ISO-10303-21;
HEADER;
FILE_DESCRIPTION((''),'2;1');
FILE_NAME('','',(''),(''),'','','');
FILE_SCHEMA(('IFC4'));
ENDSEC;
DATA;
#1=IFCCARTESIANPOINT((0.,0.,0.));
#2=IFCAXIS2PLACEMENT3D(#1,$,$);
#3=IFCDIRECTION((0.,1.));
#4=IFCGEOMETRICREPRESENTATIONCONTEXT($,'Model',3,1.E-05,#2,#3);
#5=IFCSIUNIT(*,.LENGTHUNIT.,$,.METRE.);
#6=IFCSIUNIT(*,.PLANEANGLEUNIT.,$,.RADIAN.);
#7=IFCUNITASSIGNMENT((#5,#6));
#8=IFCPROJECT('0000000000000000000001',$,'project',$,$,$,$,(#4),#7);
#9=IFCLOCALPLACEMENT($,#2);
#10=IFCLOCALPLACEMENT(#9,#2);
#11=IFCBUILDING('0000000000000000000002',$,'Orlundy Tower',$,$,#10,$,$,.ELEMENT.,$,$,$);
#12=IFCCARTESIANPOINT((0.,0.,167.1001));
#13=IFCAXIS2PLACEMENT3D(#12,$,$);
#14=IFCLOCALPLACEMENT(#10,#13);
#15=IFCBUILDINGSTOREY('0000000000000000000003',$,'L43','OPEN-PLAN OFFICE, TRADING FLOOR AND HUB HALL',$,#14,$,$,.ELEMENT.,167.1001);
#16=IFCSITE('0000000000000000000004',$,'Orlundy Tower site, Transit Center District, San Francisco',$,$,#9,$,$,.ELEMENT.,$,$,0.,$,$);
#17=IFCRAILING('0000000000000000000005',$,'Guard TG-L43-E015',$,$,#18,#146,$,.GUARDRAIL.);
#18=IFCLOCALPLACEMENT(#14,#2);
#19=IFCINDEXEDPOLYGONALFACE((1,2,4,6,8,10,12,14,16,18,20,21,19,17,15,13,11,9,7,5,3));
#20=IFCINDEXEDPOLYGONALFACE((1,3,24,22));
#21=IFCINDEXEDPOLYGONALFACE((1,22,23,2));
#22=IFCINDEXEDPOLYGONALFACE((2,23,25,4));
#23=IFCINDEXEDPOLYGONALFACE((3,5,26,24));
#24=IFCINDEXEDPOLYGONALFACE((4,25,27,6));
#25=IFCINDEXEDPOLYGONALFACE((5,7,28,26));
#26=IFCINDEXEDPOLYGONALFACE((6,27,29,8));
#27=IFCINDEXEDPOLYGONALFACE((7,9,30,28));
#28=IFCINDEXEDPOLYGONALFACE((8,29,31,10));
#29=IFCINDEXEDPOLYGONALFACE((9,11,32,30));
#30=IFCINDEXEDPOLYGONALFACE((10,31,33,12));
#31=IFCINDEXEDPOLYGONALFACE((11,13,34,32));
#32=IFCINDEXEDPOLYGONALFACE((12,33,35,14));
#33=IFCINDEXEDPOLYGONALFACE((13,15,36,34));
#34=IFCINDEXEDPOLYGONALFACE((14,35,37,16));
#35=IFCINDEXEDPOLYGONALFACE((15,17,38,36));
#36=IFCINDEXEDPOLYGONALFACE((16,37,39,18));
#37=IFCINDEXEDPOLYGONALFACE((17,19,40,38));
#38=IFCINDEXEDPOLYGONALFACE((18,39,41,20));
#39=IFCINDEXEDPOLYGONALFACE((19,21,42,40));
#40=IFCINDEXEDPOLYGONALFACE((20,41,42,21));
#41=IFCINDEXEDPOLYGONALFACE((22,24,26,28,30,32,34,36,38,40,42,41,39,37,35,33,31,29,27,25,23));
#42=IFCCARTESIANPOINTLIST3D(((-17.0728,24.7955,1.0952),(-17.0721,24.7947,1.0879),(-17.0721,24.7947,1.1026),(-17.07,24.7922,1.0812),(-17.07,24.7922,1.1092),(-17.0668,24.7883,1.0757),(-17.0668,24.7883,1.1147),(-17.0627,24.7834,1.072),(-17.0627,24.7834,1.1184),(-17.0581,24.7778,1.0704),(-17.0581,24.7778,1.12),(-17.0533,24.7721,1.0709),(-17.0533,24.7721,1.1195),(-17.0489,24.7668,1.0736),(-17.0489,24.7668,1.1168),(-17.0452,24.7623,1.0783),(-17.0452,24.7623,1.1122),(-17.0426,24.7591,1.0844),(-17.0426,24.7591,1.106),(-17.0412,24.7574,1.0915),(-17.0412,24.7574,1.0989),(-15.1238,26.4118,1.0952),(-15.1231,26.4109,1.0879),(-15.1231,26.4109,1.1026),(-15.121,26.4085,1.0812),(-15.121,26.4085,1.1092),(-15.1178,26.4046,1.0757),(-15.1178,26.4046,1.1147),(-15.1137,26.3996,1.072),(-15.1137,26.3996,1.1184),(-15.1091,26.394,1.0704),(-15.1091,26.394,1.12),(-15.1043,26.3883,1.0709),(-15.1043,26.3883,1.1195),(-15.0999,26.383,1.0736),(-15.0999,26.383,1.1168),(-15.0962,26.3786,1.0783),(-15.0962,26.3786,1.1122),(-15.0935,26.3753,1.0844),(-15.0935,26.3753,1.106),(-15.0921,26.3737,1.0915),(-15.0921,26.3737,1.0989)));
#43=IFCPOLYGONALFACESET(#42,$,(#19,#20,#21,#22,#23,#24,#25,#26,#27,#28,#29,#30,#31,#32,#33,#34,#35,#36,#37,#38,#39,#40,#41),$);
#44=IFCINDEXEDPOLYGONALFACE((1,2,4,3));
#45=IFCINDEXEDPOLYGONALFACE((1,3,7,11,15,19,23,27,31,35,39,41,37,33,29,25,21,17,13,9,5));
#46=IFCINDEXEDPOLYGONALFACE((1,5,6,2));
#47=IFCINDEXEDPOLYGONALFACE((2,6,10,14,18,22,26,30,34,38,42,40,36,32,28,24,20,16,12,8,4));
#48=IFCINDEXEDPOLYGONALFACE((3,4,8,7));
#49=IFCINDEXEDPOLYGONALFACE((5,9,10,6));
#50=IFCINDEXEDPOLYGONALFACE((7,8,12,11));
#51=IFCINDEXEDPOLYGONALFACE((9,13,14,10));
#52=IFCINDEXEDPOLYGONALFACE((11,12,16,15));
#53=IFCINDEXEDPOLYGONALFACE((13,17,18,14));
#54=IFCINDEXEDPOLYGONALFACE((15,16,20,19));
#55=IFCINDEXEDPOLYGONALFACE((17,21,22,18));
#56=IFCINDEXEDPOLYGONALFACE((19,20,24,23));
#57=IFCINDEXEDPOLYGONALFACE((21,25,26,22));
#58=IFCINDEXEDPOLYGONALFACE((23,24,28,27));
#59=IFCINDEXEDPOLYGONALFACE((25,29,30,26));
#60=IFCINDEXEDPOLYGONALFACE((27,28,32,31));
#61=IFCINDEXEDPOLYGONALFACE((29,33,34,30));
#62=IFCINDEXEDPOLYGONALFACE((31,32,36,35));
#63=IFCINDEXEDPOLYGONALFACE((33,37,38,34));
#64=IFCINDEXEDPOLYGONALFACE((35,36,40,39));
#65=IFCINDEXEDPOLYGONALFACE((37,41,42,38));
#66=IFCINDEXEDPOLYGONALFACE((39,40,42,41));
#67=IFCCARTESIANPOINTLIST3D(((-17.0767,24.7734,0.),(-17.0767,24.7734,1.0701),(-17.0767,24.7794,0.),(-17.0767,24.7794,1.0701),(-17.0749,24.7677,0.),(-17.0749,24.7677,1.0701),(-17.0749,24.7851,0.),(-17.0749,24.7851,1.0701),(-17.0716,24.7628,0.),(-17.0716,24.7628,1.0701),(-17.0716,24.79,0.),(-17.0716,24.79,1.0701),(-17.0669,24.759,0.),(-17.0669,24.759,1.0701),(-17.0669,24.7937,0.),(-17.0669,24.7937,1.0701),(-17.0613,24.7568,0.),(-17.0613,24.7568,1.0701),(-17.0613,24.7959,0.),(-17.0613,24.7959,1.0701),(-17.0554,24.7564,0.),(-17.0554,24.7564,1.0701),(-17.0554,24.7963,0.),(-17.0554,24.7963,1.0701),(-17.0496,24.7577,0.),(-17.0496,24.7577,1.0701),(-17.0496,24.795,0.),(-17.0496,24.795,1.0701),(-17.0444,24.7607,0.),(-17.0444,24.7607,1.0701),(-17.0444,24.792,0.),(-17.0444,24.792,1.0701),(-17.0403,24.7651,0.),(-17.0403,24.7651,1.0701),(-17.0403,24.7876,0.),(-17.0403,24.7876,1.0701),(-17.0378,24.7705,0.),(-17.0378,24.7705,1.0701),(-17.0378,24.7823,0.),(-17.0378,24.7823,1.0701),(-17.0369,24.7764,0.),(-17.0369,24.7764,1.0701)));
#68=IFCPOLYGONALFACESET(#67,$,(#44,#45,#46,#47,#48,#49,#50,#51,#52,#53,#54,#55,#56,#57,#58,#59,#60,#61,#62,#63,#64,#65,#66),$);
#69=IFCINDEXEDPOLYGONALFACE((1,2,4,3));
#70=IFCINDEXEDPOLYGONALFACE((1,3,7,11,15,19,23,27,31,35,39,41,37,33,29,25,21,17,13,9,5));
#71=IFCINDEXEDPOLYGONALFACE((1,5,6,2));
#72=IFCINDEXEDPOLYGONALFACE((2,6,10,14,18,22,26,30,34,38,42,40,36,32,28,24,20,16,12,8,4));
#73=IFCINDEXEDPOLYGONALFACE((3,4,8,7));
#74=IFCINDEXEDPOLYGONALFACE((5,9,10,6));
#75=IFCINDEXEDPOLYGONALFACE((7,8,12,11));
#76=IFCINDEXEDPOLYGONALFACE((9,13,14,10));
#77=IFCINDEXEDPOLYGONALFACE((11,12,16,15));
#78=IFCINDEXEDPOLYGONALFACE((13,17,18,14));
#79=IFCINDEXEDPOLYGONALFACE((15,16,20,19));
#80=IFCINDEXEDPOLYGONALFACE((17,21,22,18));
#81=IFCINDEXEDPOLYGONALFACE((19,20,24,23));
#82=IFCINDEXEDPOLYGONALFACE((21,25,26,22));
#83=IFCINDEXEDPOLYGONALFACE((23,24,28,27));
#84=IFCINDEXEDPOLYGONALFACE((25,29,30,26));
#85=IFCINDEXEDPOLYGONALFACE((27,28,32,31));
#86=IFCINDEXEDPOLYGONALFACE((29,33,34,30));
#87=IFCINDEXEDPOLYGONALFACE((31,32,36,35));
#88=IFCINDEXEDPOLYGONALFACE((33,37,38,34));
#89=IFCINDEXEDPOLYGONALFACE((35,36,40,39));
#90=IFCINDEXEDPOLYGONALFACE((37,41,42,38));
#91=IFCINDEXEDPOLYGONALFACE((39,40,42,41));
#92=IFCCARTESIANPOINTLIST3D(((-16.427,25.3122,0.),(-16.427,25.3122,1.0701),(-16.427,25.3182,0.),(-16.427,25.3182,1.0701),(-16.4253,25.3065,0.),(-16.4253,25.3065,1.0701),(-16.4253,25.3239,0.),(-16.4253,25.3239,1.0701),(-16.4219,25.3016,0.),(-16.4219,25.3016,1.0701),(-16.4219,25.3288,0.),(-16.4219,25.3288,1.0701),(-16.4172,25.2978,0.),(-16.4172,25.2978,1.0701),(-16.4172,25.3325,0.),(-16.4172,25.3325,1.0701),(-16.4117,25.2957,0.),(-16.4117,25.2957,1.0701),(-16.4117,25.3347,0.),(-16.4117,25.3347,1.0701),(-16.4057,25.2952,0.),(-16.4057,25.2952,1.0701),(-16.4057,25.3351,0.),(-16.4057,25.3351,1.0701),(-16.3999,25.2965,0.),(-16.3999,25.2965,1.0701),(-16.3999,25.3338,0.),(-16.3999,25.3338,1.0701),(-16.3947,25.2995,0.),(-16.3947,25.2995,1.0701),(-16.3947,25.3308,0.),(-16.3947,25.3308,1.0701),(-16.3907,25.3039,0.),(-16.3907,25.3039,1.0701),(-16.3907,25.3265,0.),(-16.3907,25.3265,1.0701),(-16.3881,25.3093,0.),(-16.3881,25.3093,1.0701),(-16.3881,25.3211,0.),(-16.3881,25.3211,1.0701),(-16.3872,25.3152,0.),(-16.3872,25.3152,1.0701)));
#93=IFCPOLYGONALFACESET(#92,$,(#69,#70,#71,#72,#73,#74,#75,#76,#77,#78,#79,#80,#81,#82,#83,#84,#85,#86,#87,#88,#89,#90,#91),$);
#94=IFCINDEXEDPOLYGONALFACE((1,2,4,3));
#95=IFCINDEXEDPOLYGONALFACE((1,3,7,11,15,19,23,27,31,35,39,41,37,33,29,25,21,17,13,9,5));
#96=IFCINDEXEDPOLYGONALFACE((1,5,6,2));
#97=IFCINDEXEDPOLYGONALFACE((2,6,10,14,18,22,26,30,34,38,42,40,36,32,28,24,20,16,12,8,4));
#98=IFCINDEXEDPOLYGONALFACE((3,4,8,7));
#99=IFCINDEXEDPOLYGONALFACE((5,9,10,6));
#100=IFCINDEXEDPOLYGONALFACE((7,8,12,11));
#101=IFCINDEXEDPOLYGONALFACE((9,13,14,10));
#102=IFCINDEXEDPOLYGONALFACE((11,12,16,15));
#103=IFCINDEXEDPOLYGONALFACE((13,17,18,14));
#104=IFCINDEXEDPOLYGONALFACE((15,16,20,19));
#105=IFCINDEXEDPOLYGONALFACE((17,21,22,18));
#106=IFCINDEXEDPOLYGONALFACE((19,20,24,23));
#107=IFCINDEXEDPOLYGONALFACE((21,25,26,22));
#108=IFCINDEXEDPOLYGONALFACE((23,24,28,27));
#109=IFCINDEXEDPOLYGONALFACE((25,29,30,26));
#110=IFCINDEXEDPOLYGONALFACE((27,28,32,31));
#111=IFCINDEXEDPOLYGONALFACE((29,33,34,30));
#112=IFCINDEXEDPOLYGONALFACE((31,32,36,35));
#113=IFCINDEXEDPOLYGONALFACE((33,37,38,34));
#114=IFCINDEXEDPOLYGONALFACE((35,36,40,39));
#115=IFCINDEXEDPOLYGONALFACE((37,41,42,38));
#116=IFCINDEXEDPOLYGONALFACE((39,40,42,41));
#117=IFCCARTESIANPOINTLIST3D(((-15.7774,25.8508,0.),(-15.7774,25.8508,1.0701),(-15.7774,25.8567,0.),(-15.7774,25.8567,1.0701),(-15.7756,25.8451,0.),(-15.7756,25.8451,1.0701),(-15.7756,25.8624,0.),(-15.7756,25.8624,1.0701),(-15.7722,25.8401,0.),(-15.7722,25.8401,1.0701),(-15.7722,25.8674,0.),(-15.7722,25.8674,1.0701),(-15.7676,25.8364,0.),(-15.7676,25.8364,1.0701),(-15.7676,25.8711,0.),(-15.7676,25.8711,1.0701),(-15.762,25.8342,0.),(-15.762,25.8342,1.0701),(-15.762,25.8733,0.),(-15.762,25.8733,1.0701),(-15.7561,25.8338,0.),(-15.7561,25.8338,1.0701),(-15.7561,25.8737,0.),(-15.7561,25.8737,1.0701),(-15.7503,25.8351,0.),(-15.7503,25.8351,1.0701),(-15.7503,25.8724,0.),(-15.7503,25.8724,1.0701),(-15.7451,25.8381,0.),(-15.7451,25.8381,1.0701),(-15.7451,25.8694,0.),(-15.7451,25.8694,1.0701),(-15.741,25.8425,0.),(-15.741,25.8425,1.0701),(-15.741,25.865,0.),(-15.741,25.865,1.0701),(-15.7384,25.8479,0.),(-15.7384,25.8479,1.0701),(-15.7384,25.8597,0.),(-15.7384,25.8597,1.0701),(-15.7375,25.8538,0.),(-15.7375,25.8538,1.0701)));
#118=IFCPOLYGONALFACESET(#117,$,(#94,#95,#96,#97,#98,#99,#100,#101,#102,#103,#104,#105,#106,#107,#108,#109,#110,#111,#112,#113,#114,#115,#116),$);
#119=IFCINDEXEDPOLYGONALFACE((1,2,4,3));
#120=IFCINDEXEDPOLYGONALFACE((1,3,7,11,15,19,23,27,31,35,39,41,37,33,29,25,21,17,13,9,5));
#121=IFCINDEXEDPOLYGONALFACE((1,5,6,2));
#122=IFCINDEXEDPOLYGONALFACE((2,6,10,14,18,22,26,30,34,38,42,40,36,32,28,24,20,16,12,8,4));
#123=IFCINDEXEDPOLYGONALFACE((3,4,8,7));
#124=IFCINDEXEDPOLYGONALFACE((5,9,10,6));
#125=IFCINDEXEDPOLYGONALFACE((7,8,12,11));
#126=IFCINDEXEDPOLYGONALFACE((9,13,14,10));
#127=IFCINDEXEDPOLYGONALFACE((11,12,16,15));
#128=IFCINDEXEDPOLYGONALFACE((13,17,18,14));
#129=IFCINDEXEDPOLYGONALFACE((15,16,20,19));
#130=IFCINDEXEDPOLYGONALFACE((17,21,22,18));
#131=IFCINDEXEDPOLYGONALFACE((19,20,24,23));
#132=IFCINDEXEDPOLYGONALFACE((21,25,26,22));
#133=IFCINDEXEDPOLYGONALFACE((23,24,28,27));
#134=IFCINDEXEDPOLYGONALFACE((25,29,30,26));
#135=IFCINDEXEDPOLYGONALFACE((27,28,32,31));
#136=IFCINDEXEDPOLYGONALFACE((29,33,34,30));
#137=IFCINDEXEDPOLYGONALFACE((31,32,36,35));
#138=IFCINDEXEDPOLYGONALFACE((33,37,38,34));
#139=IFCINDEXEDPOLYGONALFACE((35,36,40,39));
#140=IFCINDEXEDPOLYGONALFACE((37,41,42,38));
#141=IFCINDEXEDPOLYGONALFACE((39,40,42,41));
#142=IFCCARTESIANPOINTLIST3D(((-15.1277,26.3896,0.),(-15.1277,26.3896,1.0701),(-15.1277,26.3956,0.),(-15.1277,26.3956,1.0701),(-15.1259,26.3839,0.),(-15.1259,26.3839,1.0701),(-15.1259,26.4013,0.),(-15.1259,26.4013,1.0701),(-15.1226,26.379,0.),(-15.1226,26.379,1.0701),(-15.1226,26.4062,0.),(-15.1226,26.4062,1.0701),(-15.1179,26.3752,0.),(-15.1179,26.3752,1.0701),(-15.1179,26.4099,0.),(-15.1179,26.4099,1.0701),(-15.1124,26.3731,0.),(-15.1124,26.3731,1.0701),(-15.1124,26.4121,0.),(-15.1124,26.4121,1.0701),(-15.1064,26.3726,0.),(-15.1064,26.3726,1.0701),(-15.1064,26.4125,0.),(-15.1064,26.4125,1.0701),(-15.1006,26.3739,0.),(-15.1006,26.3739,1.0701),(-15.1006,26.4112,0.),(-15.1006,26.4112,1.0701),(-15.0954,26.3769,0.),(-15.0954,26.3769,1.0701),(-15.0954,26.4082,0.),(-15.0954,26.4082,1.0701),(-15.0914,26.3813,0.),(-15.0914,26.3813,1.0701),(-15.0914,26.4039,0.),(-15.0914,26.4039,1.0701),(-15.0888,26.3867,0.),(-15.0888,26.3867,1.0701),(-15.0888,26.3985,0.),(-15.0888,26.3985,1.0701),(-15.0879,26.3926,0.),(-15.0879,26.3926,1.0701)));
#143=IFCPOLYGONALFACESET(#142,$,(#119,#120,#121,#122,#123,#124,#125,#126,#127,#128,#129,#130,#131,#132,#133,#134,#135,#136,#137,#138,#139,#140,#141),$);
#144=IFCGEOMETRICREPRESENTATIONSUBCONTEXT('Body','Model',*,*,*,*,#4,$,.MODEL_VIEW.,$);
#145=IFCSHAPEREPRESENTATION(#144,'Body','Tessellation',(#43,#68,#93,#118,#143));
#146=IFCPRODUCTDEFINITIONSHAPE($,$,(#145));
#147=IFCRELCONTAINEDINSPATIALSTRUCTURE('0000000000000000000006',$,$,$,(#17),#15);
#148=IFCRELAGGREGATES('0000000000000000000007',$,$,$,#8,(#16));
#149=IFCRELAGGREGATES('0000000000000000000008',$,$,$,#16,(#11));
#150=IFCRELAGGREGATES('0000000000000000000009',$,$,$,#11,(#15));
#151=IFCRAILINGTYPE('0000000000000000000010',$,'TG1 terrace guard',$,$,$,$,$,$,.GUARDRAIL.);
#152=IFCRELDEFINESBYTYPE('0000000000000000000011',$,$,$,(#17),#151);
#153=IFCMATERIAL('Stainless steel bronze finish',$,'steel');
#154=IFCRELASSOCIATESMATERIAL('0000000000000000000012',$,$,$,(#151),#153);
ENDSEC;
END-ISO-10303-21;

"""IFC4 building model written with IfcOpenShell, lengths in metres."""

from ifc_helpers import new_model, si_unit, direction, frame, origin, origin_2d, place, context, subcontext, project, spatial, circle, extrude, material, type_object, element, save


model = new_model("IFC4")

# Units and contexts
model_context = context("Model", 3, precision=1e-05, world=origin(), true_north=direction((0.0, 1.0)))
body_context = subcontext(model_context, "Body", "Model", "MODEL_VIEW")
ifc_project = project(units=[si_unit("LENGTHUNIT", "METRE"), si_unit("PLANEANGLEUNIT", "RADIAN")], contexts=[model_context])

# Site, building, storey
site_placement = place(None, origin())
site = spatial("IfcSite", under=ifc_project, at=site_placement, Name="Orlundy Tower site, Transit Center District, San Francisco", CompositionType="ELEMENT", RefElevation=0.0)
building_placement = place(site_placement, origin())
building = spatial("IfcBuilding", under=site, at=building_placement, Name="Orlundy Tower", CompositionType="ELEMENT")
storey_placement = place(building_placement, frame((0.0, 0.0, 167.1001)))
storey = spatial("IfcBuildingStorey", under=building, at=storey_placement, Name="L43", Description="OPEN-PLAN OFFICE, TRADING FLOOR AND HUB HALL", CompositionType="ELEMENT", Elevation=167.1001)

# Railing
ifc_material_1 = material(Name="Stainless steel bronze finish", Category="steel")
railing_type_1 = type_object("IfcRailingType", Name="TG1 terrace guard", PredefinedType="GUARDRAIL", material=ifc_material_1)
railing_1_placement = place(storey_placement, frame((-17.0569, 24.7764, 0.0)))
element("IfcRailing", 1, at=railing_1_placement, inside=storey, type_object=railing_type_1, Name="Guard TG-L43-E015", PredefinedType="GUARDRAIL", context=body_context, shape_type="SweptSolid", body=[
    extrude(circle(Radius=0.0249, at=origin_2d()), frame((0.0, 0.0, 1.0952), z_axis=(0.76976, 0.638333, 0.0), x_axis=(-0.638333, 0.76976, 0.0)), (0.0, 0.0, 1.0), 2.532),
    extrude(circle(Radius=0.02, at=origin_2d()), origin(), (0.0, 0.0, 1.0), 1.0701),
    extrude(circle(Radius=0.02, at=origin_2d()), frame((0.6497, 0.5388, 0.0)), (0.0, 0.0, 1.0), 1.0701),
    extrude(circle(Radius=0.02, at=origin_2d()), frame((1.2993, 1.0774, 0.0)), (0.0, 0.0, 1.0), 1.0701),
    extrude(circle(Radius=0.02, at=origin_2d()), frame((1.949, 1.6162, 0.0)), (0.0, 0.0, 1.0), 1.0701),
])

save(model, "model.ifc")
